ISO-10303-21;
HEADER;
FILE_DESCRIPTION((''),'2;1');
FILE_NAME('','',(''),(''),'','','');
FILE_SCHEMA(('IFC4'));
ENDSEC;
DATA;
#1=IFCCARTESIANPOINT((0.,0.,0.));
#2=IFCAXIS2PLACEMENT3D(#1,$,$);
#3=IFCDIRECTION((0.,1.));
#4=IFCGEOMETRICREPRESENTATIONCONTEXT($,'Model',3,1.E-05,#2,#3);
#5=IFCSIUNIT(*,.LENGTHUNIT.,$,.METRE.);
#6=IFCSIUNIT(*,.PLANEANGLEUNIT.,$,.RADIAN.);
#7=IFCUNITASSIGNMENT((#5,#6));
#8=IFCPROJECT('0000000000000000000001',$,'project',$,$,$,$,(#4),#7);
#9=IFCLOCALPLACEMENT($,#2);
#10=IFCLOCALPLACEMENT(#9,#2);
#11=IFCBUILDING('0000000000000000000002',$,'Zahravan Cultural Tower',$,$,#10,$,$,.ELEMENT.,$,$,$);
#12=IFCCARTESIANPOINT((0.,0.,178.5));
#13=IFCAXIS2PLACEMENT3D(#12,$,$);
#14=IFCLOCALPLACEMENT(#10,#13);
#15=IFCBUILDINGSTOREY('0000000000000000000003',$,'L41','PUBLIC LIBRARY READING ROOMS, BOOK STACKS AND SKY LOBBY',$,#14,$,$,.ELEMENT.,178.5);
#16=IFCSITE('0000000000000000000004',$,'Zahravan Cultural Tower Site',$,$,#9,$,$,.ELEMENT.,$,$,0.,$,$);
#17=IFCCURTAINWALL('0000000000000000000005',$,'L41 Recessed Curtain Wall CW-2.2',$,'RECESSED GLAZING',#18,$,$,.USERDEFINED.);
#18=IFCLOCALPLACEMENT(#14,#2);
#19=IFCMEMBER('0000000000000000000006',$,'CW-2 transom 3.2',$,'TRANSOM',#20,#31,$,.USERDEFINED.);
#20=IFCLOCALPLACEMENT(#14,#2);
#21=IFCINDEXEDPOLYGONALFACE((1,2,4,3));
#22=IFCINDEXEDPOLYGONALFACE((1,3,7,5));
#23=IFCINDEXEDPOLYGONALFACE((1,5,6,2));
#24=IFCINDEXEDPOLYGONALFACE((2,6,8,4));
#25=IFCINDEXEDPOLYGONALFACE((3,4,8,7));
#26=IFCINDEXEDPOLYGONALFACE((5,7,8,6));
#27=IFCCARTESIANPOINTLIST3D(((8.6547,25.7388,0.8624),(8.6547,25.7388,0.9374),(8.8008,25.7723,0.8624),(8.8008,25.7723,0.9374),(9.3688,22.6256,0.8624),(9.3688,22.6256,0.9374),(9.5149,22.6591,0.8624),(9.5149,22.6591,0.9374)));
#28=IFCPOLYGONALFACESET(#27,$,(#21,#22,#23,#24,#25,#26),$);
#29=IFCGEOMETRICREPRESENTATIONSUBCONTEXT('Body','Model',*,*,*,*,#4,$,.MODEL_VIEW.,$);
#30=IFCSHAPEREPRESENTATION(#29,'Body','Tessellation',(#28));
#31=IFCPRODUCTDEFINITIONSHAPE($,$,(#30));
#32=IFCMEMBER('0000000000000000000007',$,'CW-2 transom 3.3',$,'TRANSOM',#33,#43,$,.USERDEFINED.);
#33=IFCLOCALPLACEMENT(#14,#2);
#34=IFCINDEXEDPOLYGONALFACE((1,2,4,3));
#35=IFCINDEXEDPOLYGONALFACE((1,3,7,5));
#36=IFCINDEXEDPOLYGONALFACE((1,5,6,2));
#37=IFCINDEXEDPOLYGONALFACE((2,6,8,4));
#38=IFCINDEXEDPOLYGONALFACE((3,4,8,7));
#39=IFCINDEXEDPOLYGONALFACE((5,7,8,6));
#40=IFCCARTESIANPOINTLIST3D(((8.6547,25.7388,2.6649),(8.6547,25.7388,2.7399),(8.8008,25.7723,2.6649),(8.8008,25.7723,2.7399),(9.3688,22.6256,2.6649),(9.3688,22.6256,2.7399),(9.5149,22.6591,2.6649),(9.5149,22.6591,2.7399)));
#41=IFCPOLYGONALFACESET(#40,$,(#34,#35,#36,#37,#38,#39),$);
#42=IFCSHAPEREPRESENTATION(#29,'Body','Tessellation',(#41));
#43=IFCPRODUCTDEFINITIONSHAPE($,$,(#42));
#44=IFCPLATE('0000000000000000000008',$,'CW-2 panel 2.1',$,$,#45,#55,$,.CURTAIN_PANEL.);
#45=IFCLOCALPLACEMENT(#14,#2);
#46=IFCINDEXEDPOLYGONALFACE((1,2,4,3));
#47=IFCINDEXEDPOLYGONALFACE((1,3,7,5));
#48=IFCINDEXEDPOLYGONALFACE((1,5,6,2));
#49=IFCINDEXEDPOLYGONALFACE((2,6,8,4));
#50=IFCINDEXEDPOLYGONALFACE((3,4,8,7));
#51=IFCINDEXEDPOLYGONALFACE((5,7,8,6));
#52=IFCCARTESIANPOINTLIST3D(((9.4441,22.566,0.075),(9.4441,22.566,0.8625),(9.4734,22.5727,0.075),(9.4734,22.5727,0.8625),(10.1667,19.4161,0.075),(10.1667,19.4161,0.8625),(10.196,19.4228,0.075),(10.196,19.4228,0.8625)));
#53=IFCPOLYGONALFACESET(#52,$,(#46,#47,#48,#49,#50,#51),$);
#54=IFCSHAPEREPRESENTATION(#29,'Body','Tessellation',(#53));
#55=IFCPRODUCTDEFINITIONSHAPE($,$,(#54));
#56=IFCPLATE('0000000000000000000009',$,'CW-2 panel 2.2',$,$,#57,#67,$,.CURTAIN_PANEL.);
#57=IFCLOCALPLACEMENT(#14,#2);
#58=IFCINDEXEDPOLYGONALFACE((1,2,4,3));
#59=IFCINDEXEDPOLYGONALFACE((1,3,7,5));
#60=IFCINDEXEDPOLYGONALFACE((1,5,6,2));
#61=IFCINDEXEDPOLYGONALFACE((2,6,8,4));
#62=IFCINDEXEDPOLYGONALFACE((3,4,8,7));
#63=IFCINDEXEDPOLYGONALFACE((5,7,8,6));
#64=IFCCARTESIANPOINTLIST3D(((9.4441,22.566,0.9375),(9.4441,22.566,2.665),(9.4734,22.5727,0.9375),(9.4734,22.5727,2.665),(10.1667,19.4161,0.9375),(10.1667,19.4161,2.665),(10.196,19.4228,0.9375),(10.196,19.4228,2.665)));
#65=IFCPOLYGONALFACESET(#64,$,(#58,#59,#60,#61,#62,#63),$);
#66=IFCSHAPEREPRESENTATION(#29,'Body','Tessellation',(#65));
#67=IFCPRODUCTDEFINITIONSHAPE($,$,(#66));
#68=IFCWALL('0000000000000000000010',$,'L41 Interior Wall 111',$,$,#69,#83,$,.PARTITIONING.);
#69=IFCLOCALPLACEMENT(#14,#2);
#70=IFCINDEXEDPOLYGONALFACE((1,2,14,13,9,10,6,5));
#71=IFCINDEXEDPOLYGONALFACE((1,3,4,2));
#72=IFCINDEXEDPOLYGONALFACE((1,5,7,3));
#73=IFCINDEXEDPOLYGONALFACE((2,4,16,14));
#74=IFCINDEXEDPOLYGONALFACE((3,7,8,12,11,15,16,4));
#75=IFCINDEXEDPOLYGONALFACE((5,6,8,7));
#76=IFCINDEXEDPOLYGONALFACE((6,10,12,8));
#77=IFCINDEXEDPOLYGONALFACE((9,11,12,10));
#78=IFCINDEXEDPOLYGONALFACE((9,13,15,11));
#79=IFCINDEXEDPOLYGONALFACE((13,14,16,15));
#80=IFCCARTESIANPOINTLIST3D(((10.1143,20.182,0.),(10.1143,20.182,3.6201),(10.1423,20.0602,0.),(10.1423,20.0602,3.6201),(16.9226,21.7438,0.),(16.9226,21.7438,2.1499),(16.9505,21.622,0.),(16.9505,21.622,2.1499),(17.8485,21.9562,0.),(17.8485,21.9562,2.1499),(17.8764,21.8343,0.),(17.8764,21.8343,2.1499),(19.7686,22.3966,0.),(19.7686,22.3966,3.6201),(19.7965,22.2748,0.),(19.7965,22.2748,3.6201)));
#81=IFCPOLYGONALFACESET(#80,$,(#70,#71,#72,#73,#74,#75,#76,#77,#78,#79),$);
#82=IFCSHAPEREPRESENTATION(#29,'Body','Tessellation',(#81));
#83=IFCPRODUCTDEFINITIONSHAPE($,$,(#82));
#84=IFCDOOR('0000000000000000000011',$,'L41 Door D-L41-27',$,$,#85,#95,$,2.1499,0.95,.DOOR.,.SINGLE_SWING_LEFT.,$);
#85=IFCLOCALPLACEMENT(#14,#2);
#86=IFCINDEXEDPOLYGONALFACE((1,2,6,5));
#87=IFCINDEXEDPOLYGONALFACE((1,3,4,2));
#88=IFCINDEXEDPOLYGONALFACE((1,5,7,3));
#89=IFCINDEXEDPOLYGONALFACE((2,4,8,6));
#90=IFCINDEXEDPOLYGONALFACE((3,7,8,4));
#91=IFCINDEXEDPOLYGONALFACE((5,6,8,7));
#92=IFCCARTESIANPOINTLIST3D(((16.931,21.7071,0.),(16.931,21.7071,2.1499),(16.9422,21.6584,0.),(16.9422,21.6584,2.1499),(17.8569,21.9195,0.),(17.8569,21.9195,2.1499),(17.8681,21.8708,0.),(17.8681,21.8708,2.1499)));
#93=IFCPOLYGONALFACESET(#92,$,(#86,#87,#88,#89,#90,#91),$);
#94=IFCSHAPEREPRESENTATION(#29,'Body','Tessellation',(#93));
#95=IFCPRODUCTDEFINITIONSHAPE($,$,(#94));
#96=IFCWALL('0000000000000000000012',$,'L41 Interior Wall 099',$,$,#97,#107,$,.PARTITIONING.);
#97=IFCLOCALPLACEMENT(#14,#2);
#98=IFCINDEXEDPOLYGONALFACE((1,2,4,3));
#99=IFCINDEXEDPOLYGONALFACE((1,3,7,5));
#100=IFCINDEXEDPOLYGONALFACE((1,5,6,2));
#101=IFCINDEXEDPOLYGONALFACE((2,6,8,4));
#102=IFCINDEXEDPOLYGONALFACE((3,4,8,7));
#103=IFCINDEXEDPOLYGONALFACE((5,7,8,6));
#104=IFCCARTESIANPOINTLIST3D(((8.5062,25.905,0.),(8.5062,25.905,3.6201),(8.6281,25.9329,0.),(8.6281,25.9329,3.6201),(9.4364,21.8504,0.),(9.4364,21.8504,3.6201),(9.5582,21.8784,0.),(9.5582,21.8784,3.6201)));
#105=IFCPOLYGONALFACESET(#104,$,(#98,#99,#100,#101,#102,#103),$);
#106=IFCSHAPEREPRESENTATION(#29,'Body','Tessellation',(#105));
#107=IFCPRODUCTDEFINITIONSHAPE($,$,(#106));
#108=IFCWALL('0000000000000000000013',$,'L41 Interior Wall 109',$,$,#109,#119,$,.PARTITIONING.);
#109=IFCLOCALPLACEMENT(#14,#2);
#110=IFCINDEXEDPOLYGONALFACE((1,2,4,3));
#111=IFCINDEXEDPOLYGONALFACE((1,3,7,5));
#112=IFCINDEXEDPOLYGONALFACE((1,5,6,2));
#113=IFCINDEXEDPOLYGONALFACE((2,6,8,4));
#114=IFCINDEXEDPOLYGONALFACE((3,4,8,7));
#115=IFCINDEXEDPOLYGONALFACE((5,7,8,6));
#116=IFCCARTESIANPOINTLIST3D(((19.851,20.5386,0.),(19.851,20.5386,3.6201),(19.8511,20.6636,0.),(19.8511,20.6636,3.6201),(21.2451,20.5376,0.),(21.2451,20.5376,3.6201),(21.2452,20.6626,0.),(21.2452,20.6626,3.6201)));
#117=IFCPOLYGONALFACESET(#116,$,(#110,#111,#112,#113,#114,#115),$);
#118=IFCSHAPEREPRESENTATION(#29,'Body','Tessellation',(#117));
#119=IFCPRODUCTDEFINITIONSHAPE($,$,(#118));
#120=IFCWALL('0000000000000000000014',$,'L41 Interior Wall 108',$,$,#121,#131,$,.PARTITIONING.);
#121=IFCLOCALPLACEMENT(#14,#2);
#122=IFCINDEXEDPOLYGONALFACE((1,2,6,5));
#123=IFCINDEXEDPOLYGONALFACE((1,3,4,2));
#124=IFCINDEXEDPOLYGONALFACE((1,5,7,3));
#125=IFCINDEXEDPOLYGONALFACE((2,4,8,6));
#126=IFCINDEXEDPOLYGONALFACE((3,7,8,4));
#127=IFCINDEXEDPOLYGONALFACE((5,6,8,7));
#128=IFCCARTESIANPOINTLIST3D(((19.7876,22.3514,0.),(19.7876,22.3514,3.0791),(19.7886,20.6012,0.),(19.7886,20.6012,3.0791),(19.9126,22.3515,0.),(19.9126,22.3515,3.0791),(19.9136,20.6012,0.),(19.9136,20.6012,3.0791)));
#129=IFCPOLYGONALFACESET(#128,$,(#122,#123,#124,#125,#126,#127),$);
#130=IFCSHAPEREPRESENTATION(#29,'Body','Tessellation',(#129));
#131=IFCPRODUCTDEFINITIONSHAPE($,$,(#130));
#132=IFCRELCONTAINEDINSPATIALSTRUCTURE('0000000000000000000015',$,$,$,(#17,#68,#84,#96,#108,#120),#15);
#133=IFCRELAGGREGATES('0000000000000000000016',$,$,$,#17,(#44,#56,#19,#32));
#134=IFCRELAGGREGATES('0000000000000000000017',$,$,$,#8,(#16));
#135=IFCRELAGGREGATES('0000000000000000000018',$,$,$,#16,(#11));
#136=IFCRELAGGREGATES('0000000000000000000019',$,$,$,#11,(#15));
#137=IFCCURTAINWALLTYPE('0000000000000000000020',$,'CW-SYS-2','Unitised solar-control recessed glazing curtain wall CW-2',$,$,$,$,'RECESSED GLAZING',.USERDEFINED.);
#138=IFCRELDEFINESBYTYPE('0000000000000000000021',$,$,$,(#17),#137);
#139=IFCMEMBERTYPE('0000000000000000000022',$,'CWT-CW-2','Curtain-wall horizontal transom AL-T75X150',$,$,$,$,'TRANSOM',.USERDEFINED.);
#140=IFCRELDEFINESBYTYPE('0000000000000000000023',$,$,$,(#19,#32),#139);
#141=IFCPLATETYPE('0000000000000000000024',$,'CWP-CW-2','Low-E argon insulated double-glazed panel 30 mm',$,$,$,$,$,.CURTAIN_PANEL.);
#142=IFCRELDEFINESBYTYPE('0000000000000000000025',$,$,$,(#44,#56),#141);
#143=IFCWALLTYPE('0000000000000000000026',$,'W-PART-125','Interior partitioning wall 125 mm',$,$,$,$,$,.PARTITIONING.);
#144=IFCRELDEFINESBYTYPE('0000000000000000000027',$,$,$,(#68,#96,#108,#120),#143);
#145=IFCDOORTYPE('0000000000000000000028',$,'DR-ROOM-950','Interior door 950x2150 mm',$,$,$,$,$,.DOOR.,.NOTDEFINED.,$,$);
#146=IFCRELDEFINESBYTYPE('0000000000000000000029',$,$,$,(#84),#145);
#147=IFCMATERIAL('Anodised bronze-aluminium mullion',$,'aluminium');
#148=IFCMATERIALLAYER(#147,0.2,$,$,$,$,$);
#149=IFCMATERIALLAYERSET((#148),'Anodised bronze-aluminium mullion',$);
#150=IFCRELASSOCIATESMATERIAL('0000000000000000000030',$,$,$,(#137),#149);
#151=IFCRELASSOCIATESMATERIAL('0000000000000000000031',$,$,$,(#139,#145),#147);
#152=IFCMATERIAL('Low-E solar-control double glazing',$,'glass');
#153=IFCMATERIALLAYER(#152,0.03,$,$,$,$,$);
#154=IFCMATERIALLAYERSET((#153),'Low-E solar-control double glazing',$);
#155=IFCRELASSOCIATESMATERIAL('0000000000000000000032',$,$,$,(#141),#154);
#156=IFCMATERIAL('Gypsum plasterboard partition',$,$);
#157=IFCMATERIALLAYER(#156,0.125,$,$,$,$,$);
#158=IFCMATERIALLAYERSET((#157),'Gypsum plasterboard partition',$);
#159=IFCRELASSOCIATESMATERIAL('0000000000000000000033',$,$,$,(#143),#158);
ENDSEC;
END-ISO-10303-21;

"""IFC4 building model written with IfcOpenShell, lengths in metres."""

from ifc_helpers import new_model, si_unit, direction, frame, frame_2d, origin, origin_2d, place, context, subcontext, project, spatial, rectangle, extrude, source, transform, mapped, material, layer, layer_set, material_profile, profile_set, type_object, element, fill, aggregate, save


model = new_model("IFC4")

# Units and contexts
model_context = context("Model", 3, precision=1e-05, world=origin(), true_north=direction((0.0, 1.0)))
body_context = subcontext(model_context, "Body", "Model", "MODEL_VIEW")
ifc_project = project(units=[si_unit("LENGTHUNIT", "METRE"), si_unit("PLANEANGLEUNIT", "RADIAN")], contexts=[model_context])

# Site, building, storey
site_placement = place(None, origin())
site = spatial("IfcSite", under=ifc_project, at=site_placement, Name="Zahravan Cultural Tower Site", CompositionType="ELEMENT", RefElevation=0.0)
building_placement = place(site_placement, origin())
building = spatial("IfcBuilding", under=site, at=building_placement, Name="Zahravan Cultural Tower", CompositionType="ELEMENT")
storey_placement = place(building_placement, frame((0.0, 0.0, 178.5)))
storey = spatial("IfcBuildingStorey", under=building, at=storey_placement, Name="L41", Description="PUBLIC LIBRARY READING ROOMS, BOOK STACKS AND SKY LOBBY", CompositionType="ELEMENT", Elevation=178.5)

# Curtain wall, members, plates
ifc_material_1 = material(Name="Anodised bronze-aluminium mullion", Category="aluminium")
ifc_layer_1 = layer(ifc_material_1, 0.2)
ifc_layer_set_1 = layer_set([ifc_layer_1], Name="Anodised bronze-aluminium mullion")
curtain_wall_type = type_object("IfcCurtainWallType", Name="CW-SYS-2", Description="Unitised solar-control recessed glazing curtain wall CW-2", ElementType="RECESSED GLAZING", PredefinedType="USERDEFINED", material=ifc_layer_set_1)
curtain_wall_placement = place(storey_placement, origin())
curtain_wall = element("IfcCurtainWall", 1, at=curtain_wall_placement, inside=storey, type_object=curtain_wall_type, Name="L41 Recessed Curtain Wall CW-2.2", ObjectType="RECESSED GLAZING", PredefinedType="USERDEFINED")
ifc_material_profile_1 = material_profile(ifc_material_1, rectangle(XDim=0.1499, YDim=0.075, at=origin_2d()), Name="AL-T75X150")
ifc_profile_set_1 = profile_set([ifc_material_profile_1], Name="Anodised bronze-aluminium mullion")
member_type_1 = type_object("IfcMemberType", Name="CWT-CW-2", Description="Curtain-wall horizontal transom AL-T75X150", ElementType="TRANSOM", PredefinedType="USERDEFINED", material=ifc_profile_set_1)
shared_shape_1 = source(origin(), body_context, "Body", "SweptSolid", [
    extrude(rectangle(XDim=0.1499, YDim=0.075, at=origin_2d()), origin(), (0.0, 0.0, 1.0), 3.1941),
])
member_1_placement = place(storey_placement, frame((9.4419, 22.6423, 0.8999), z_axis=(-0.22357, 0.974688, 0.0), x_axis=(-0.974688, -0.22357, 0.0)))
member_1 = element("IfcMember", 2, at=member_1_placement, type_object=member_type_1, Name="CW-2 transom 3.2", ObjectType="TRANSOM", PredefinedType="USERDEFINED", context=body_context, shape_type="MappedRepresentation", body=[
    mapped(shared_shape_1, transform((0.0, 0.0, 0.0), x_axis=(1.0, 0.0, 0.0), y_axis=(0.0, 1.0, 0.0), z_axis=(0.0, 0.0, 1.0), scale=1.0)),
])
member_2_placement = place(storey_placement, frame((9.4419, 22.6423, 2.7024), z_axis=(-0.22357, 0.974688, 0.0), x_axis=(-0.974688, -0.22357, 0.0)))
member_2 = element("IfcMember", 3, at=member_2_placement, type_object=member_type_1, Name="CW-2 transom 3.3", ObjectType="TRANSOM", PredefinedType="USERDEFINED", context=body_context, shape_type="MappedRepresentation", body=[
    mapped(shared_shape_1, transform((0.0, 0.0, 0.0), x_axis=(1.0, 0.0, 0.0), y_axis=(0.0, 1.0, 0.0), z_axis=(0.0, 0.0, 1.0), scale=1.0)),
])
ifc_material_2 = material(Name="Low-E solar-control double glazing", Category="glass")
ifc_layer_2 = layer(ifc_material_2, 0.03)
ifc_layer_set_2 = layer_set([ifc_layer_2], Name="Low-E solar-control double glazing")
plate_type = type_object("IfcPlateType", Name="CWP-CW-2", Description="Low-E argon insulated double-glazed panel 30 mm", PredefinedType="CURTAIN_PANEL", material=ifc_layer_set_2)
shared_shape_2 = source(origin(), body_context, "Body", "SweptSolid", [
    extrude(rectangle(XDim=3.2317, YDim=0.03, at=origin_2d()), origin(), (0.0, 0.0, 1.0), 0.7876),
])
plate_1_placement = place(storey_placement, frame((9.8201, 20.9944, 0.075), z_axis=(0.0, 0.0, 1.0), x_axis=(-0.2236, 0.974681, 0.0)))
plate_1 = element("IfcPlate", 4, at=plate_1_placement, type_object=plate_type, Name="CW-2 panel 2.1", PredefinedType="CURTAIN_PANEL", context=body_context, shape_type="MappedRepresentation", body=[
    mapped(shared_shape_2, transform((0.0, 0.0, 0.0), x_axis=(1.0, 0.0, 0.0), y_axis=(0.0, 1.0, 0.0), z_axis=(0.0, 0.0, 1.0), scale=1.0)),
])
shared_shape_3 = source(origin(), body_context, "Body", "SweptSolid", [
    extrude(rectangle(XDim=3.2317, YDim=0.03, at=origin_2d()), origin(), (0.0, 0.0, 1.0), 1.7275),
])
plate_2_placement = place(storey_placement, frame((9.8201, 20.9944, 0.9375), z_axis=(0.0, 0.0, 1.0), x_axis=(-0.2236, 0.974681, 0.0)))
plate_2 = element("IfcPlate", 5, at=plate_2_placement, type_object=plate_type, Name="CW-2 panel 2.2", PredefinedType="CURTAIN_PANEL", context=body_context, shape_type="MappedRepresentation", body=[
    mapped(shared_shape_3, transform((0.0, 0.0, 0.0), x_axis=(1.0, 0.0, 0.0), y_axis=(0.0, 1.0, 0.0), z_axis=(0.0, 0.0, 1.0), scale=1.0)),
])
aggregate(curtain_wall, [plate_1, plate_2, member_1, member_2])

# Wall, opening, door
ifc_material_3 = material(Name="Gypsum plasterboard partition")
ifc_layer_3 = layer(ifc_material_3, 0.125)
ifc_layer_set_3 = layer_set([ifc_layer_3], Name="Gypsum plasterboard partition")
wall_type = type_object("IfcWallType", Name="W-PART-125", Description="Interior partitioning wall 125 mm", PredefinedType="PARTITIONING", material=ifc_layer_set_3)
wall_1_placement = place(storey_placement, frame((10.1282, 20.1211, 0.0), z_axis=(0.0, 0.0, 1.0), x_axis=(0.974685, 0.223583, 0.0)))
wall_1 = element("IfcWall", 6, at=wall_1_placement, inside=storey, type_object=wall_type, Name="L41 Interior Wall 111", PredefinedType="PARTITIONING", context=body_context, shape_type="SweptSolid", body=[
    extrude(rectangle(XDim=9.905, YDim=0.125, at=frame_2d((4.9526, 0.0))), origin(), (0.0, 0.0, 1.0), 3.6201),
])
opening_placement = place(wall_1_placement, frame((6.9851, 0.0, 0.0)))
opening = element("IfcOpeningElement", 7, at=opening_placement, cuts=wall_1, PredefinedType="OPENING", context=body_context, shape_type="SweptSolid", body=[
    extrude(rectangle(XDim=0.95, YDim=2.1499, at=frame_2d((0.4751, 1.075))), frame((0.0, 0.0725, 0.0), z_axis=(0.0, -1.0, 0.0), x_axis=(1.0, 0.0, 0.0)), (0.0, 0.0, 1.0), 0.145),
])
door_type = type_object("IfcDoorType", Name="DR-ROOM-950", Description="Interior door 950x2150 mm", OperationType="NOTDEFINED", PredefinedType="DOOR", material=ifc_material_1)
shared_shape_4 = source(origin(), body_context, "Body", "SweptSolid", [
    extrude(rectangle(XDim=0.95, YDim=2.1499, at=frame_2d((0.4751, 1.075))), frame((0.0, 0.0249, 0.0), z_axis=(0.0, -1.0, 0.0), x_axis=(1.0, 0.0, 0.0)), (0.0, 0.0, 1.0), 0.05),
])
door_placement = place(opening_placement, origin())
door = element("IfcDoor", 8, at=door_placement, inside=storey, type_object=door_type, Name="L41 Door D-L41-27", OperationType="SINGLE_SWING_LEFT", OverallHeight=2.1499, OverallWidth=0.95, PredefinedType="DOOR", context=body_context, shape_type="MappedRepresentation", body=[
    mapped(shared_shape_4, transform((0.0, 0.0, 0.0), x_axis=(1.0, 0.0, 0.0), y_axis=(0.0, 1.0, 0.0), z_axis=(0.0, 0.0, 1.0), scale=1.0)),
])
fill(opening, door)

# Walls
shared_shape_5 = source(origin(), body_context, "Body", "SweptSolid", [
    extrude(rectangle(XDim=4.1599, YDim=0.125, at=frame_2d((2.0801, 0.0))), origin(), (0.0, 0.0, 1.0), 3.6201),
])
wall_2_placement = place(storey_placement, frame((9.4973, 21.8643, 0.0), z_axis=(0.0, 0.0, 1.0), x_axis=(-0.223599, 0.974681, 0.0)))
element("IfcWall", 9, at=wall_2_placement, inside=storey, type_object=wall_type, Name="L41 Interior Wall 099", PredefinedType="PARTITIONING", context=body_context, shape_type="MappedRepresentation", body=[
    mapped(shared_shape_5, transform((0.0, 0.0, 0.0), x_axis=(1.0, 0.0, 0.0), y_axis=(0.0, 1.0, 0.0), z_axis=(0.0, 0.0, 1.0), scale=1.0)),
])
shared_shape_6 = source(origin(), body_context, "Body", "SweptSolid", [
    extrude(rectangle(XDim=1.394, YDim=0.125, at=frame_2d((0.697, 0.0))), origin(), (0.0, 0.0, 1.0), 3.6201),
])
wall_3_placement = place(storey_placement, frame((19.8511, 20.6011, 0.0), z_axis=(0.0, 0.0, 1.0), x_axis=(1.0, -0.000701, 0.0)))
element("IfcWall", 10, at=wall_3_placement, inside=storey, type_object=wall_type, Name="L41 Interior Wall 109", PredefinedType="PARTITIONING", context=body_context, shape_type="MappedRepresentation", body=[
    mapped(shared_shape_6, transform((0.0, 0.0, 0.0), x_axis=(1.0, 0.0, 0.0), y_axis=(0.0, 1.0, 0.0), z_axis=(0.0, 0.0, 1.0), scale=1.0)),
])
shared_shape_7 = source(origin(), body_context, "Body", "SweptSolid", [
    extrude(rectangle(XDim=1.7502, YDim=0.125, at=frame_2d((0.875, 0.0))), origin(), (0.0, 0.0, 1.0), 3.0791),
])
wall_4_placement = place(storey_placement, frame((19.8501, 22.3513, 0.0), z_axis=(0.0, 0.0, 1.0), x_axis=(0.000558, -1.0, 0.0)))
element("IfcWall", 11, at=wall_4_placement, inside=storey, type_object=wall_type, Name="L41 Interior Wall 108", PredefinedType="PARTITIONING", context=body_context, shape_type="MappedRepresentation", body=[
    mapped(shared_shape_7, transform((0.0, 0.0, 0.0), x_axis=(1.0, 0.0, 0.0), y_axis=(0.0, 1.0, 0.0), z_axis=(0.0, 0.0, 1.0), scale=1.0)),
])

save(model, "model.ifc")
